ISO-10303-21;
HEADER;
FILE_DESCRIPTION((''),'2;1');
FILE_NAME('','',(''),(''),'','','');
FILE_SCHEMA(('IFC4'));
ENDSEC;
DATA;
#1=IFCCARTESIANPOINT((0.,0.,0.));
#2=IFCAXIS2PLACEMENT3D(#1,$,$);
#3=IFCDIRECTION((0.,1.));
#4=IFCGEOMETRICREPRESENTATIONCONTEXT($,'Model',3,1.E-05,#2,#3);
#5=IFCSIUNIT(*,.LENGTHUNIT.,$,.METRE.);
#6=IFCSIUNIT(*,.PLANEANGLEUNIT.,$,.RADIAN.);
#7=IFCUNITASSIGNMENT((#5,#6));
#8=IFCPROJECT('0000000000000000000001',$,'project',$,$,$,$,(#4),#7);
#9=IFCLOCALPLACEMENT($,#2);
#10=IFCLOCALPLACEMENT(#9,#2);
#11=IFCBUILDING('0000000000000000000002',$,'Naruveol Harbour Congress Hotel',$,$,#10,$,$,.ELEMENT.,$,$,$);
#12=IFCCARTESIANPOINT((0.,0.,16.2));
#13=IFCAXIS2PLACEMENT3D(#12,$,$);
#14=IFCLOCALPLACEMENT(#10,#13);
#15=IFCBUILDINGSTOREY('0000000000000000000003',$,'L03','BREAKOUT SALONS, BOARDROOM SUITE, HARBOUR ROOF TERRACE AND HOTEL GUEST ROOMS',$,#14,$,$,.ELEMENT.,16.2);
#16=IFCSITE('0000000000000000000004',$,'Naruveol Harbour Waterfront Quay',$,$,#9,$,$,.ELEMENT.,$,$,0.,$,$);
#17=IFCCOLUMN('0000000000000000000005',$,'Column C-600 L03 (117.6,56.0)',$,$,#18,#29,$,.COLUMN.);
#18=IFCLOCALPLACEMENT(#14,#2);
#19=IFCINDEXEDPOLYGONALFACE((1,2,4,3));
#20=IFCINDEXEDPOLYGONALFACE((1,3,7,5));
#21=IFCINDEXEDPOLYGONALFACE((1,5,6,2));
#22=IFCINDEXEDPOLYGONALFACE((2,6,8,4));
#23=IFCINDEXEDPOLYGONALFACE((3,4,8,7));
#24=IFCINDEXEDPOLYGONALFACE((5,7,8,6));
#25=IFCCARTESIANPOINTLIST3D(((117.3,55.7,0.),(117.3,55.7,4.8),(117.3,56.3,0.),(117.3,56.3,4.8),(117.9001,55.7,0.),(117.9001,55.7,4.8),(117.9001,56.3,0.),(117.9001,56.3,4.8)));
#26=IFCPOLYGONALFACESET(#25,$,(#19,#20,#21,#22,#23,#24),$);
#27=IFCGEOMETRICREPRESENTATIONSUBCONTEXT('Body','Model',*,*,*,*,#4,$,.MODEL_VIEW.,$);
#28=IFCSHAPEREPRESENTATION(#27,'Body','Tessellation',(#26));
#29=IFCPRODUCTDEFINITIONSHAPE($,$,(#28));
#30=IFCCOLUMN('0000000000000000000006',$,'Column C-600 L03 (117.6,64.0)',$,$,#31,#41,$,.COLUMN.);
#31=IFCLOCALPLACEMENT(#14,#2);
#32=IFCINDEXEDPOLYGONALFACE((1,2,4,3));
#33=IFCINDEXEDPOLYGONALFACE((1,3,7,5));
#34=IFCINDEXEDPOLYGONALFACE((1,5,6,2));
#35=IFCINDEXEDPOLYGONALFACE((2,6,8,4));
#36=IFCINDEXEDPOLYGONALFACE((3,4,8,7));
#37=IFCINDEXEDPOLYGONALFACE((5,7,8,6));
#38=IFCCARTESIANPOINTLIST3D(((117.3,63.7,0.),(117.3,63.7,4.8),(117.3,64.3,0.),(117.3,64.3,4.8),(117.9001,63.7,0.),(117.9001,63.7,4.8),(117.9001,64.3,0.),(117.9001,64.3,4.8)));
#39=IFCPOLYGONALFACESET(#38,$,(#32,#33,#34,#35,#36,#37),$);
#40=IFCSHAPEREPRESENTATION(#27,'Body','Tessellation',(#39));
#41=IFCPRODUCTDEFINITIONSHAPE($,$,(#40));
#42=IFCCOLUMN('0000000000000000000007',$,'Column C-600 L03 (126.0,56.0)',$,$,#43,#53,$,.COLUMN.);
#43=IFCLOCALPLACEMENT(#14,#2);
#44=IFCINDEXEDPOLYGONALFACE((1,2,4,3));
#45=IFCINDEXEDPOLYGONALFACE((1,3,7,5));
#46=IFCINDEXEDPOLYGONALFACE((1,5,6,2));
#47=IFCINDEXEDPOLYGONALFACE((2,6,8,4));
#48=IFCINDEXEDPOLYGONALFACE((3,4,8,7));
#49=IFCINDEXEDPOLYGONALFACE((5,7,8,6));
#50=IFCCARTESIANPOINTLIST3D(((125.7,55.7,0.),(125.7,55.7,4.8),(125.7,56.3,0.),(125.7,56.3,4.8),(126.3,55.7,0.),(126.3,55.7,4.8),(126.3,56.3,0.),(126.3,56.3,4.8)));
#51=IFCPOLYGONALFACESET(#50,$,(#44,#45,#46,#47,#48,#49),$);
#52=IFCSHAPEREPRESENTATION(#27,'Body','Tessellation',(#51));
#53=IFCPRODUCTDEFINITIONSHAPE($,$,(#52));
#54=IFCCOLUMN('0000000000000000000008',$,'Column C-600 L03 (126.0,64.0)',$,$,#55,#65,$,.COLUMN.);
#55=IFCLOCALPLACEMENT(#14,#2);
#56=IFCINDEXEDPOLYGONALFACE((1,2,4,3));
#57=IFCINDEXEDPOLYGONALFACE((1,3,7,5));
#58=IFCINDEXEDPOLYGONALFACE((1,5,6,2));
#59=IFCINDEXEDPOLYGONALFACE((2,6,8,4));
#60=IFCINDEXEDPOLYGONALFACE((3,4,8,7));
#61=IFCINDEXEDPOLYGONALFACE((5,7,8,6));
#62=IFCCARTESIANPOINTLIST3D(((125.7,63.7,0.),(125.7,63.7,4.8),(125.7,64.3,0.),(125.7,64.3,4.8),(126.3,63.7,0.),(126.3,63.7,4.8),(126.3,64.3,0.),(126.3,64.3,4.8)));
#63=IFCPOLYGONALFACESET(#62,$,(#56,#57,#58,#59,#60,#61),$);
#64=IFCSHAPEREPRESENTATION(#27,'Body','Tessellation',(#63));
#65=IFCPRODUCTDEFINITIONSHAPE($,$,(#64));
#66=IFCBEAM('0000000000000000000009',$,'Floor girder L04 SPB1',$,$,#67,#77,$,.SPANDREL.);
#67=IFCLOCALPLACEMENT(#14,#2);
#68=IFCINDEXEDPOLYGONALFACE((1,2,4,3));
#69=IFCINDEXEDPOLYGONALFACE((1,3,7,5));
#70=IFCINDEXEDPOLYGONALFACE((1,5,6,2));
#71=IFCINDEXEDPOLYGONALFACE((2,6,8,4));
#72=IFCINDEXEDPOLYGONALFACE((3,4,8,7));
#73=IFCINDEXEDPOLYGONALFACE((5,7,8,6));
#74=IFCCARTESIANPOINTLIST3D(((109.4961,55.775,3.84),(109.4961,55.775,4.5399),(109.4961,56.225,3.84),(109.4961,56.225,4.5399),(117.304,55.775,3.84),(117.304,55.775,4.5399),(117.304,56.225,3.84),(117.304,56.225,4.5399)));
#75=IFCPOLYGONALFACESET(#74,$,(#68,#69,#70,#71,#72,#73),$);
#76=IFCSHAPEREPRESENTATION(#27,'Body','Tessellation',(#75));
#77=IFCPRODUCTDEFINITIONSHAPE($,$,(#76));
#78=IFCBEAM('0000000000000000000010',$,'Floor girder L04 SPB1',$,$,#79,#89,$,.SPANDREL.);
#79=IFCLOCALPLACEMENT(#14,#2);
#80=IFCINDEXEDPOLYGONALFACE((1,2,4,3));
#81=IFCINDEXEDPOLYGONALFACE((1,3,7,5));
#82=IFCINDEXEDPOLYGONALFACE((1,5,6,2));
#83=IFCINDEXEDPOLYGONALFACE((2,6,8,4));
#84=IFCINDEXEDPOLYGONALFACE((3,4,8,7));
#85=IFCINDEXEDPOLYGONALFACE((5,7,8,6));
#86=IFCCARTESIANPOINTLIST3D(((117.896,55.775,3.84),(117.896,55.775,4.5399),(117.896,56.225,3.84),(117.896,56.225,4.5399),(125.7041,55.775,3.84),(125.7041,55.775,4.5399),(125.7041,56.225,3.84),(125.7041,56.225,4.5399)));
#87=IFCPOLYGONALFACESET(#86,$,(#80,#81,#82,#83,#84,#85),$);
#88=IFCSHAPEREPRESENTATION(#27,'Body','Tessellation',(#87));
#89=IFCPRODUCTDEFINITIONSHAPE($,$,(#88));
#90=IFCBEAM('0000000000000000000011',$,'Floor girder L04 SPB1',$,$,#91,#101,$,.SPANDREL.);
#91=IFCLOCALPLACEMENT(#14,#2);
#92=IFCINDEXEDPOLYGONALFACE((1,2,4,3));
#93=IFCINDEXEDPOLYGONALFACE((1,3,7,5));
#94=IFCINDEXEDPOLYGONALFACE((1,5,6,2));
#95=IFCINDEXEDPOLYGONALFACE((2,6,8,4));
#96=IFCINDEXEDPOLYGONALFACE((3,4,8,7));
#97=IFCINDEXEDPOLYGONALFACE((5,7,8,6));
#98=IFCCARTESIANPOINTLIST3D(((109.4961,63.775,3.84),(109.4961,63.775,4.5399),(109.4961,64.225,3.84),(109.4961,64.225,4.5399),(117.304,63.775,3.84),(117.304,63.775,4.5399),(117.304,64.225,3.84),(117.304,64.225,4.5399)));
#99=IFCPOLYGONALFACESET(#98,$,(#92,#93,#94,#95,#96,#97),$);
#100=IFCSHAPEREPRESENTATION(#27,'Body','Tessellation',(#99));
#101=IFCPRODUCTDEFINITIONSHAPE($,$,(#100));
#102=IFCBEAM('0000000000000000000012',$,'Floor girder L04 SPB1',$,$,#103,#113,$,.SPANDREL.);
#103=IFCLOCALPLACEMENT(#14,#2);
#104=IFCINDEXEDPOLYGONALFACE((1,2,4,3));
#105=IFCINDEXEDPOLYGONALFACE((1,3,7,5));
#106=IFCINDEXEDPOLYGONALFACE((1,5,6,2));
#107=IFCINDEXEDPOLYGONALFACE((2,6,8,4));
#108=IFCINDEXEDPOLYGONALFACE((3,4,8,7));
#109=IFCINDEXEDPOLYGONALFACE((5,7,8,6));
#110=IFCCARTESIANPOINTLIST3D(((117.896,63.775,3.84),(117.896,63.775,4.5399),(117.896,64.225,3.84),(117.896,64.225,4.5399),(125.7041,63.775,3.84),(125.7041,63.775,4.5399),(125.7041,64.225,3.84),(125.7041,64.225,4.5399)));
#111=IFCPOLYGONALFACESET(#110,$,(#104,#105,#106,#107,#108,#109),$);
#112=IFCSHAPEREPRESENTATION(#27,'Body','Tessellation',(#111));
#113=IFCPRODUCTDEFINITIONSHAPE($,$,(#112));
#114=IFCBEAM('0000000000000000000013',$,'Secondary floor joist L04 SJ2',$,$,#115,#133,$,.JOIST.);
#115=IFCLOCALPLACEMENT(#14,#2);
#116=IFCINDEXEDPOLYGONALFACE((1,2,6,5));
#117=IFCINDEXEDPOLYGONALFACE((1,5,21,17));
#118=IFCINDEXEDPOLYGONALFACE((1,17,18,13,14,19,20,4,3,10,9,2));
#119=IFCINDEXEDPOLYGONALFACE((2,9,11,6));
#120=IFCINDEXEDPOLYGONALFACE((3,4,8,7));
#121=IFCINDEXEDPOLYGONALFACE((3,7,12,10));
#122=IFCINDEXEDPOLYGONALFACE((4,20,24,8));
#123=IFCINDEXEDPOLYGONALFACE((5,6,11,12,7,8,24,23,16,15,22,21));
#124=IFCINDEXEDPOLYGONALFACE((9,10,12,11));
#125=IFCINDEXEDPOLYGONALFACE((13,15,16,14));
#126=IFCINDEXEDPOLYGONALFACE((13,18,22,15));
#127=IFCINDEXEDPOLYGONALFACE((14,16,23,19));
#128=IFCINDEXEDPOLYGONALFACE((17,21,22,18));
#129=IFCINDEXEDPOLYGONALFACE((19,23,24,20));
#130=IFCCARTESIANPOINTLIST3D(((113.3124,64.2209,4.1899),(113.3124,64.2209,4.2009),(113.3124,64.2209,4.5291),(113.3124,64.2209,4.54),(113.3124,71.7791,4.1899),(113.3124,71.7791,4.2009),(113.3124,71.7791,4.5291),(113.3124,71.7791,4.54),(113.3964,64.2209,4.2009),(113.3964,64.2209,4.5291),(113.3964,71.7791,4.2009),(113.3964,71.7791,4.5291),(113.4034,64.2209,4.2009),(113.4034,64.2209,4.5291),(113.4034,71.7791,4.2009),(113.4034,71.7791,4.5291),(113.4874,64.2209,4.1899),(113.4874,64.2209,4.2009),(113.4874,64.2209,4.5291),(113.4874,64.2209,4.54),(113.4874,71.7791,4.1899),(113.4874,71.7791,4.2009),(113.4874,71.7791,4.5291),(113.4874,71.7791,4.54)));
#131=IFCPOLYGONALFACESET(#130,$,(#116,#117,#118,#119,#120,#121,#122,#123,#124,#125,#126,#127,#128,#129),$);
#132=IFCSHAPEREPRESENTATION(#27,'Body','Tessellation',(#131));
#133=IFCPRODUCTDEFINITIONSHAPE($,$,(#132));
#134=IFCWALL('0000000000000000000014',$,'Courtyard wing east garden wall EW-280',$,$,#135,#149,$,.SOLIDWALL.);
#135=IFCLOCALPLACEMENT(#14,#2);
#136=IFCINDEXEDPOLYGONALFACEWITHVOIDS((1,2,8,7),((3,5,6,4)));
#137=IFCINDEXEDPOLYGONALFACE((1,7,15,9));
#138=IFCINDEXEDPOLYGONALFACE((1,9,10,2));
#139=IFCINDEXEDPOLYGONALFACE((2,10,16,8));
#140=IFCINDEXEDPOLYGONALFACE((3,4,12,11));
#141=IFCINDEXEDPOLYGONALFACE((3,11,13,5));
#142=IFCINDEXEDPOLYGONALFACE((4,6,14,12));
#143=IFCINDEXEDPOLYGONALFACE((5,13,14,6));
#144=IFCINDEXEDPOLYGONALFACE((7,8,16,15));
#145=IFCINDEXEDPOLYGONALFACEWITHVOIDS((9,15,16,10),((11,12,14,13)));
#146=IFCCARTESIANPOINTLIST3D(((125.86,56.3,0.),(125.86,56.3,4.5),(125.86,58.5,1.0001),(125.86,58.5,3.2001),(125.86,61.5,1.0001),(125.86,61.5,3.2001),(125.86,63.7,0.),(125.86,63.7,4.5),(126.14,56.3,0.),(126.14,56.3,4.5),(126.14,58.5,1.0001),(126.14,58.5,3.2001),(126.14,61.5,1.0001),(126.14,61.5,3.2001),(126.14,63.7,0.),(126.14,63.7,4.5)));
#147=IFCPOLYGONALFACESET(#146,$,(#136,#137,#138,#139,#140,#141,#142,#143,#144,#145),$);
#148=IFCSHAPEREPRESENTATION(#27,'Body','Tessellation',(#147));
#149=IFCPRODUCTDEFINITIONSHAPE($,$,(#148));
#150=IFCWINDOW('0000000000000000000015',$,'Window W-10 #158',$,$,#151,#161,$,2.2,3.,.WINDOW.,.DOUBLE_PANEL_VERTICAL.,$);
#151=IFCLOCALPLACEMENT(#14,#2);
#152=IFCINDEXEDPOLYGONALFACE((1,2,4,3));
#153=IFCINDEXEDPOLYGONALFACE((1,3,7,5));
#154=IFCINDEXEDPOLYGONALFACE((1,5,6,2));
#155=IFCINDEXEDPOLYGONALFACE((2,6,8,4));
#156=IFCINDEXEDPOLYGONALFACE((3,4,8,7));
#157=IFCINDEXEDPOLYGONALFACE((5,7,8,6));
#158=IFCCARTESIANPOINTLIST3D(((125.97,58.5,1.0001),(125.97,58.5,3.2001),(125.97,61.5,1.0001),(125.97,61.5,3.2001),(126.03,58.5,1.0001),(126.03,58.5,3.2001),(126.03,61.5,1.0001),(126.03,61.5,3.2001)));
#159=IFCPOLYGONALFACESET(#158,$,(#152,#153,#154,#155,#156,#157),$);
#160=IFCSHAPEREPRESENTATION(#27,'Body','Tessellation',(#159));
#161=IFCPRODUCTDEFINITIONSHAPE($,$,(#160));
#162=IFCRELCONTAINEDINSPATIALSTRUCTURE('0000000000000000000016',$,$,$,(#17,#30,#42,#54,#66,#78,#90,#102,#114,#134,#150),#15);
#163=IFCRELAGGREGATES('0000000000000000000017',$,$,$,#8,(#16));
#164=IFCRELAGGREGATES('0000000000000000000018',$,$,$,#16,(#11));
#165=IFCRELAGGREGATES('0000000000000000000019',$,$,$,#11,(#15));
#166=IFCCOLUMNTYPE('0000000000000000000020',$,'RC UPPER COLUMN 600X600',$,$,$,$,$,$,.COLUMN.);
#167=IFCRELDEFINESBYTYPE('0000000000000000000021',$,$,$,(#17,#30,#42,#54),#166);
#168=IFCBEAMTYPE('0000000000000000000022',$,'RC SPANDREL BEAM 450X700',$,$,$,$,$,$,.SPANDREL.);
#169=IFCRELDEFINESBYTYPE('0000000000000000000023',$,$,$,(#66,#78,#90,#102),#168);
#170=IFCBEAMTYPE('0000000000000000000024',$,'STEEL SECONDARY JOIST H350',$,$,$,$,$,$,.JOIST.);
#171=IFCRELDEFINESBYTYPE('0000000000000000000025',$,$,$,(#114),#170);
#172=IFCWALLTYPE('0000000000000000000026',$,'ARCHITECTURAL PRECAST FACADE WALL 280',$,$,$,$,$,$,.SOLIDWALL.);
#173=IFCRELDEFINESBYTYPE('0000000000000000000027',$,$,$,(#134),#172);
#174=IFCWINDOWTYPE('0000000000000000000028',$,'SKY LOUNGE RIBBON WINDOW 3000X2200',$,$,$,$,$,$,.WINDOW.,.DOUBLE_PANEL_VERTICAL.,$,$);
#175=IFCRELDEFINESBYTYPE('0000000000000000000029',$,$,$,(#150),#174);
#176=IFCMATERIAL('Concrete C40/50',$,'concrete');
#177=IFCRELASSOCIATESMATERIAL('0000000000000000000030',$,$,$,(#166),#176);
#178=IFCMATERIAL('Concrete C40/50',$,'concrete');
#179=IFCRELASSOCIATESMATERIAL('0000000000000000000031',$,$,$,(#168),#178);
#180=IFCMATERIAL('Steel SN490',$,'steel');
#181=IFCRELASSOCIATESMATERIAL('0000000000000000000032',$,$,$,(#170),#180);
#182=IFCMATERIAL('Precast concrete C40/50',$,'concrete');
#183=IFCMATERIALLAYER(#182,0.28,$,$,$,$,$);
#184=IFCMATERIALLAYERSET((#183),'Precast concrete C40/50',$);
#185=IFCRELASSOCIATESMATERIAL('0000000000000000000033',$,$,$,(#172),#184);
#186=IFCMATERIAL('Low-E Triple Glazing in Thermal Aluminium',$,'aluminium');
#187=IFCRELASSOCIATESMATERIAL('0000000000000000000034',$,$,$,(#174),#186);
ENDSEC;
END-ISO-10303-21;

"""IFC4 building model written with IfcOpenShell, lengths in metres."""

from ifc_helpers import new_model, si_unit, direction, frame, frame_2d, origin, origin_2d, place, context, subcontext, project, spatial, rectangle, i_section, extrude, material, layer, layer_set, material_profile, profile_set, type_object, element, fill, save


model = new_model("IFC4")

# Units and contexts
model_context = context("Model", 3, precision=1e-05, world=origin(), true_north=direction((0.0, 1.0)))
body_context = subcontext(model_context, "Body", "Model", "MODEL_VIEW")
ifc_project = project(units=[si_unit("LENGTHUNIT", "METRE"), si_unit("PLANEANGLEUNIT", "RADIAN")], contexts=[model_context])

# Site, building, storey
site_placement = place(None, origin())
site = spatial("IfcSite", under=ifc_project, at=site_placement, Name="Naruveol Harbour Waterfront Quay", CompositionType="ELEMENT", RefElevation=0.0)
building_placement = place(site_placement, origin())
building = spatial("IfcBuilding", under=site, at=building_placement, Name="Naruveol Harbour Congress Hotel", CompositionType="ELEMENT")
storey_placement = place(building_placement, frame((0.0, 0.0, 16.2)))
storey = spatial("IfcBuildingStorey", under=building, at=storey_placement, Name="L03", Description="BREAKOUT SALONS, BOARDROOM SUITE, HARBOUR ROOF TERRACE AND HOTEL GUEST ROOMS", CompositionType="ELEMENT", Elevation=16.2)

# Columns
ifc_material_1 = material(Name="Concrete C40/50", Category="concrete")
ifc_material_profile_1 = material_profile(ifc_material_1, rectangle(XDim=0.6001, YDim=0.6001, at=origin_2d()), Name="RC-600x600")
ifc_profile_set_1 = profile_set([ifc_material_profile_1], Name="Concrete C40/50")
column_type = type_object("IfcColumnType", Name="RC UPPER COLUMN 600X600", PredefinedType="COLUMN", material=ifc_profile_set_1)
for number, where, z_axis, x_axis, name in (
    (1, (117.6001, 56.0, 0.0), (0.0, 0.0, 1.0), (1.0, 0.0, 0.0), "Column C-600 L03 (117.6,56.0)"),
    (2, (117.6001, 64.0, 0.0), (0.0, 0.0, 1.0), (1.0, 0.0, 0.0), "Column C-600 L03 (117.6,64.0)"),
    (3, (126.0, 56.0, 0.0), (0.0, 0.0, 1.0), (1.0, 0.0, 0.0), "Column C-600 L03 (126.0,56.0)"),
    (4, (126.0, 64.0, 0.0), (0.0, 0.0, 1.0), (1.0, 0.0, 0.0), "Column C-600 L03 (126.0,64.0)"),
):
    element("IfcColumn", number, at=place(storey_placement, frame(where, z_axis=z_axis, x_axis=x_axis)), inside=storey, type_object=column_type, Name=name, PredefinedType="COLUMN", context=body_context, shape_type="SweptSolid", body=[
        extrude(rectangle(XDim=0.6001, YDim=0.6001, at=origin_2d()), origin(), (0.0, 0.0, 1.0), 4.8),
    ])

# Beams
ifc_material_2 = material(Name="Concrete C40/50", Category="concrete")
ifc_material_profile_2 = material_profile(ifc_material_2, rectangle(XDim=0.45, YDim=0.7, at=origin_2d()), Name="RCB-450x700")
ifc_profile_set_2 = profile_set([ifc_material_profile_2], Name="Concrete C40/50")
beam_type_1 = type_object("IfcBeamType", Name="RC SPANDREL BEAM 450X700", PredefinedType="SPANDREL", material=ifc_profile_set_2)
beam_1_placement = place(storey_placement, frame((109.4961, 56.0, 4.1899), z_axis=(1.0, 0.0, 0.0), x_axis=(0.0, 1.0, 0.0)))
element("IfcBeam", 5, at=beam_1_placement, inside=storey, type_object=beam_type_1, Name="Floor girder L04 SPB1", PredefinedType="SPANDREL", context=body_context, shape_type="SweptSolid", body=[
    extrude(rectangle(XDim=0.45, YDim=0.7, at=origin_2d()), origin(), (0.0, 0.0, 1.0), 7.8079),
])
beam_2_placement = place(storey_placement, frame((117.896, 56.0, 4.1899), z_axis=(1.0, 0.0, 0.0), x_axis=(0.0, 1.0, 0.0)))
element("IfcBeam", 6, at=beam_2_placement, inside=storey, type_object=beam_type_1, Name="Floor girder L04 SPB1", PredefinedType="SPANDREL", context=body_context, shape_type="SweptSolid", body=[
    extrude(rectangle(XDim=0.45, YDim=0.7, at=origin_2d()), origin(), (0.0, 0.0, 1.0), 7.8081),
])
beam_3_placement = place(storey_placement, frame((109.4961, 64.0, 4.1899), z_axis=(1.0, 0.0, 0.0), x_axis=(0.0, 1.0, 0.0)))
element("IfcBeam", 7, at=beam_3_placement, inside=storey, type_object=beam_type_1, Name="Floor girder L04 SPB1", PredefinedType="SPANDREL", context=body_context, shape_type="SweptSolid", body=[
    extrude(rectangle(XDim=0.45, YDim=0.7, at=origin_2d()), origin(), (0.0, 0.0, 1.0), 7.8079),
])
beam_4_placement = place(storey_placement, frame((117.896, 64.0, 4.1899), z_axis=(1.0, 0.0, 0.0), x_axis=(0.0, 1.0, 0.0)))
element("IfcBeam", 8, at=beam_4_placement, inside=storey, type_object=beam_type_1, Name="Floor girder L04 SPB1", PredefinedType="SPANDREL", context=body_context, shape_type="SweptSolid", body=[
    extrude(rectangle(XDim=0.45, YDim=0.7, at=origin_2d()), origin(), (0.0, 0.0, 1.0), 7.8081),
])
ifc_material_3 = material(Name="Steel SN490", Category="steel")
ifc_material_profile_3 = material_profile(ifc_material_3, i_section(OverallWidth=0.175, OverallDepth=0.3501, WebThickness=0.0071, FlangeThickness=0.011, at=origin_2d()), Name="H-350x175x7x11")
ifc_profile_set_3 = profile_set([ifc_material_profile_3], Name="Steel SN490")
beam_type_2 = type_object("IfcBeamType", Name="STEEL SECONDARY JOIST H350", PredefinedType="JOIST", material=ifc_profile_set_3)
beam_5_placement = place(storey_placement, frame((113.3999, 64.2209, 4.365), z_axis=(0.0, 1.0, 0.0), x_axis=(-1.0, 0.0, 0.0)))
element("IfcBeam", 9, at=beam_5_placement, inside=storey, type_object=beam_type_2, Name="Secondary floor joist L04 SJ2", PredefinedType="JOIST", context=body_context, shape_type="SweptSolid", body=[
    extrude(i_section(OverallWidth=0.175, OverallDepth=0.3501, WebThickness=0.0071, FlangeThickness=0.011, at=origin_2d()), origin(), (0.0, 0.0, 1.0), 7.5581),
])

# Wall, opening, window
ifc_material_4 = material(Name="Precast concrete C40/50", Category="concrete")
ifc_layer_1 = layer(ifc_material_4, 0.28)
ifc_layer_set_1 = layer_set([ifc_layer_1], Name="Precast concrete C40/50")
wall_type_1 = type_object("IfcWallType", Name="ARCHITECTURAL PRECAST FACADE WALL 280", PredefinedType="SOLIDWALL", material=ifc_layer_set_1)
wall_1_placement = place(storey_placement, frame((126.0, 63.7, 0.0), z_axis=(0.0, 0.0, 1.0), x_axis=(0.0, -1.0, 0.0)))
wall_1 = element("IfcWall", 10, at=wall_1_placement, inside=storey, type_object=wall_type_1, Name="Courtyard wing east garden wall EW-280", PredefinedType="SOLIDWALL", context=body_context, shape_type="SweptSolid", body=[
    extrude(rectangle(XDim=7.3999, YDim=0.28, at=frame_2d((3.7, 0.0))), origin(), (0.0, 0.0, 1.0), 4.5),
])
opening_1_placement = place(wall_1_placement, frame((2.2, 0.0, 1.0)))
opening_1 = element("IfcOpeningElement", 11, at=opening_1_placement, cuts=wall_1, PredefinedType="OPENING", context=body_context, shape_type="SweptSolid", body=[
    extrude(rectangle(XDim=3.0, YDim=2.2, at=frame_2d((1.5, 1.1001))), frame((0.0, 0.1499, 0.0), z_axis=(0.0, -1.0, 0.0), x_axis=(1.0, 0.0, 0.0)), (0.0, 0.0, 1.0), 0.3),
])
ifc_material_5 = material(Name="Low-E Triple Glazing in Thermal Aluminium", Category="aluminium")
window_type_1 = type_object("IfcWindowType", Name="SKY LOUNGE RIBBON WINDOW 3000X2200", PartitioningType="DOUBLE_PANEL_VERTICAL", PredefinedType="WINDOW", material=ifc_material_5)
window_1_placement = place(opening_1_placement, origin())
window_1 = element("IfcWindow", 12, at=window_1_placement, inside=storey, type_object=window_type_1, Name="Window W-10 #158", OverallHeight=2.2, OverallWidth=3.0, PartitioningType="DOUBLE_PANEL_VERTICAL", PredefinedType="WINDOW", context=body_context, shape_type="SweptSolid", body=[
    extrude(rectangle(XDim=3.0, YDim=2.2, at=frame_2d((1.5, 1.1001))), frame((0.0, 0.03, 0.0), z_axis=(0.0, -1.0, 0.0), x_axis=(1.0, 0.0, 0.0)), (0.0, 0.0, 1.0), 0.0601),
])
fill(opening_1, window_1)

save(model, "model.ifc")
